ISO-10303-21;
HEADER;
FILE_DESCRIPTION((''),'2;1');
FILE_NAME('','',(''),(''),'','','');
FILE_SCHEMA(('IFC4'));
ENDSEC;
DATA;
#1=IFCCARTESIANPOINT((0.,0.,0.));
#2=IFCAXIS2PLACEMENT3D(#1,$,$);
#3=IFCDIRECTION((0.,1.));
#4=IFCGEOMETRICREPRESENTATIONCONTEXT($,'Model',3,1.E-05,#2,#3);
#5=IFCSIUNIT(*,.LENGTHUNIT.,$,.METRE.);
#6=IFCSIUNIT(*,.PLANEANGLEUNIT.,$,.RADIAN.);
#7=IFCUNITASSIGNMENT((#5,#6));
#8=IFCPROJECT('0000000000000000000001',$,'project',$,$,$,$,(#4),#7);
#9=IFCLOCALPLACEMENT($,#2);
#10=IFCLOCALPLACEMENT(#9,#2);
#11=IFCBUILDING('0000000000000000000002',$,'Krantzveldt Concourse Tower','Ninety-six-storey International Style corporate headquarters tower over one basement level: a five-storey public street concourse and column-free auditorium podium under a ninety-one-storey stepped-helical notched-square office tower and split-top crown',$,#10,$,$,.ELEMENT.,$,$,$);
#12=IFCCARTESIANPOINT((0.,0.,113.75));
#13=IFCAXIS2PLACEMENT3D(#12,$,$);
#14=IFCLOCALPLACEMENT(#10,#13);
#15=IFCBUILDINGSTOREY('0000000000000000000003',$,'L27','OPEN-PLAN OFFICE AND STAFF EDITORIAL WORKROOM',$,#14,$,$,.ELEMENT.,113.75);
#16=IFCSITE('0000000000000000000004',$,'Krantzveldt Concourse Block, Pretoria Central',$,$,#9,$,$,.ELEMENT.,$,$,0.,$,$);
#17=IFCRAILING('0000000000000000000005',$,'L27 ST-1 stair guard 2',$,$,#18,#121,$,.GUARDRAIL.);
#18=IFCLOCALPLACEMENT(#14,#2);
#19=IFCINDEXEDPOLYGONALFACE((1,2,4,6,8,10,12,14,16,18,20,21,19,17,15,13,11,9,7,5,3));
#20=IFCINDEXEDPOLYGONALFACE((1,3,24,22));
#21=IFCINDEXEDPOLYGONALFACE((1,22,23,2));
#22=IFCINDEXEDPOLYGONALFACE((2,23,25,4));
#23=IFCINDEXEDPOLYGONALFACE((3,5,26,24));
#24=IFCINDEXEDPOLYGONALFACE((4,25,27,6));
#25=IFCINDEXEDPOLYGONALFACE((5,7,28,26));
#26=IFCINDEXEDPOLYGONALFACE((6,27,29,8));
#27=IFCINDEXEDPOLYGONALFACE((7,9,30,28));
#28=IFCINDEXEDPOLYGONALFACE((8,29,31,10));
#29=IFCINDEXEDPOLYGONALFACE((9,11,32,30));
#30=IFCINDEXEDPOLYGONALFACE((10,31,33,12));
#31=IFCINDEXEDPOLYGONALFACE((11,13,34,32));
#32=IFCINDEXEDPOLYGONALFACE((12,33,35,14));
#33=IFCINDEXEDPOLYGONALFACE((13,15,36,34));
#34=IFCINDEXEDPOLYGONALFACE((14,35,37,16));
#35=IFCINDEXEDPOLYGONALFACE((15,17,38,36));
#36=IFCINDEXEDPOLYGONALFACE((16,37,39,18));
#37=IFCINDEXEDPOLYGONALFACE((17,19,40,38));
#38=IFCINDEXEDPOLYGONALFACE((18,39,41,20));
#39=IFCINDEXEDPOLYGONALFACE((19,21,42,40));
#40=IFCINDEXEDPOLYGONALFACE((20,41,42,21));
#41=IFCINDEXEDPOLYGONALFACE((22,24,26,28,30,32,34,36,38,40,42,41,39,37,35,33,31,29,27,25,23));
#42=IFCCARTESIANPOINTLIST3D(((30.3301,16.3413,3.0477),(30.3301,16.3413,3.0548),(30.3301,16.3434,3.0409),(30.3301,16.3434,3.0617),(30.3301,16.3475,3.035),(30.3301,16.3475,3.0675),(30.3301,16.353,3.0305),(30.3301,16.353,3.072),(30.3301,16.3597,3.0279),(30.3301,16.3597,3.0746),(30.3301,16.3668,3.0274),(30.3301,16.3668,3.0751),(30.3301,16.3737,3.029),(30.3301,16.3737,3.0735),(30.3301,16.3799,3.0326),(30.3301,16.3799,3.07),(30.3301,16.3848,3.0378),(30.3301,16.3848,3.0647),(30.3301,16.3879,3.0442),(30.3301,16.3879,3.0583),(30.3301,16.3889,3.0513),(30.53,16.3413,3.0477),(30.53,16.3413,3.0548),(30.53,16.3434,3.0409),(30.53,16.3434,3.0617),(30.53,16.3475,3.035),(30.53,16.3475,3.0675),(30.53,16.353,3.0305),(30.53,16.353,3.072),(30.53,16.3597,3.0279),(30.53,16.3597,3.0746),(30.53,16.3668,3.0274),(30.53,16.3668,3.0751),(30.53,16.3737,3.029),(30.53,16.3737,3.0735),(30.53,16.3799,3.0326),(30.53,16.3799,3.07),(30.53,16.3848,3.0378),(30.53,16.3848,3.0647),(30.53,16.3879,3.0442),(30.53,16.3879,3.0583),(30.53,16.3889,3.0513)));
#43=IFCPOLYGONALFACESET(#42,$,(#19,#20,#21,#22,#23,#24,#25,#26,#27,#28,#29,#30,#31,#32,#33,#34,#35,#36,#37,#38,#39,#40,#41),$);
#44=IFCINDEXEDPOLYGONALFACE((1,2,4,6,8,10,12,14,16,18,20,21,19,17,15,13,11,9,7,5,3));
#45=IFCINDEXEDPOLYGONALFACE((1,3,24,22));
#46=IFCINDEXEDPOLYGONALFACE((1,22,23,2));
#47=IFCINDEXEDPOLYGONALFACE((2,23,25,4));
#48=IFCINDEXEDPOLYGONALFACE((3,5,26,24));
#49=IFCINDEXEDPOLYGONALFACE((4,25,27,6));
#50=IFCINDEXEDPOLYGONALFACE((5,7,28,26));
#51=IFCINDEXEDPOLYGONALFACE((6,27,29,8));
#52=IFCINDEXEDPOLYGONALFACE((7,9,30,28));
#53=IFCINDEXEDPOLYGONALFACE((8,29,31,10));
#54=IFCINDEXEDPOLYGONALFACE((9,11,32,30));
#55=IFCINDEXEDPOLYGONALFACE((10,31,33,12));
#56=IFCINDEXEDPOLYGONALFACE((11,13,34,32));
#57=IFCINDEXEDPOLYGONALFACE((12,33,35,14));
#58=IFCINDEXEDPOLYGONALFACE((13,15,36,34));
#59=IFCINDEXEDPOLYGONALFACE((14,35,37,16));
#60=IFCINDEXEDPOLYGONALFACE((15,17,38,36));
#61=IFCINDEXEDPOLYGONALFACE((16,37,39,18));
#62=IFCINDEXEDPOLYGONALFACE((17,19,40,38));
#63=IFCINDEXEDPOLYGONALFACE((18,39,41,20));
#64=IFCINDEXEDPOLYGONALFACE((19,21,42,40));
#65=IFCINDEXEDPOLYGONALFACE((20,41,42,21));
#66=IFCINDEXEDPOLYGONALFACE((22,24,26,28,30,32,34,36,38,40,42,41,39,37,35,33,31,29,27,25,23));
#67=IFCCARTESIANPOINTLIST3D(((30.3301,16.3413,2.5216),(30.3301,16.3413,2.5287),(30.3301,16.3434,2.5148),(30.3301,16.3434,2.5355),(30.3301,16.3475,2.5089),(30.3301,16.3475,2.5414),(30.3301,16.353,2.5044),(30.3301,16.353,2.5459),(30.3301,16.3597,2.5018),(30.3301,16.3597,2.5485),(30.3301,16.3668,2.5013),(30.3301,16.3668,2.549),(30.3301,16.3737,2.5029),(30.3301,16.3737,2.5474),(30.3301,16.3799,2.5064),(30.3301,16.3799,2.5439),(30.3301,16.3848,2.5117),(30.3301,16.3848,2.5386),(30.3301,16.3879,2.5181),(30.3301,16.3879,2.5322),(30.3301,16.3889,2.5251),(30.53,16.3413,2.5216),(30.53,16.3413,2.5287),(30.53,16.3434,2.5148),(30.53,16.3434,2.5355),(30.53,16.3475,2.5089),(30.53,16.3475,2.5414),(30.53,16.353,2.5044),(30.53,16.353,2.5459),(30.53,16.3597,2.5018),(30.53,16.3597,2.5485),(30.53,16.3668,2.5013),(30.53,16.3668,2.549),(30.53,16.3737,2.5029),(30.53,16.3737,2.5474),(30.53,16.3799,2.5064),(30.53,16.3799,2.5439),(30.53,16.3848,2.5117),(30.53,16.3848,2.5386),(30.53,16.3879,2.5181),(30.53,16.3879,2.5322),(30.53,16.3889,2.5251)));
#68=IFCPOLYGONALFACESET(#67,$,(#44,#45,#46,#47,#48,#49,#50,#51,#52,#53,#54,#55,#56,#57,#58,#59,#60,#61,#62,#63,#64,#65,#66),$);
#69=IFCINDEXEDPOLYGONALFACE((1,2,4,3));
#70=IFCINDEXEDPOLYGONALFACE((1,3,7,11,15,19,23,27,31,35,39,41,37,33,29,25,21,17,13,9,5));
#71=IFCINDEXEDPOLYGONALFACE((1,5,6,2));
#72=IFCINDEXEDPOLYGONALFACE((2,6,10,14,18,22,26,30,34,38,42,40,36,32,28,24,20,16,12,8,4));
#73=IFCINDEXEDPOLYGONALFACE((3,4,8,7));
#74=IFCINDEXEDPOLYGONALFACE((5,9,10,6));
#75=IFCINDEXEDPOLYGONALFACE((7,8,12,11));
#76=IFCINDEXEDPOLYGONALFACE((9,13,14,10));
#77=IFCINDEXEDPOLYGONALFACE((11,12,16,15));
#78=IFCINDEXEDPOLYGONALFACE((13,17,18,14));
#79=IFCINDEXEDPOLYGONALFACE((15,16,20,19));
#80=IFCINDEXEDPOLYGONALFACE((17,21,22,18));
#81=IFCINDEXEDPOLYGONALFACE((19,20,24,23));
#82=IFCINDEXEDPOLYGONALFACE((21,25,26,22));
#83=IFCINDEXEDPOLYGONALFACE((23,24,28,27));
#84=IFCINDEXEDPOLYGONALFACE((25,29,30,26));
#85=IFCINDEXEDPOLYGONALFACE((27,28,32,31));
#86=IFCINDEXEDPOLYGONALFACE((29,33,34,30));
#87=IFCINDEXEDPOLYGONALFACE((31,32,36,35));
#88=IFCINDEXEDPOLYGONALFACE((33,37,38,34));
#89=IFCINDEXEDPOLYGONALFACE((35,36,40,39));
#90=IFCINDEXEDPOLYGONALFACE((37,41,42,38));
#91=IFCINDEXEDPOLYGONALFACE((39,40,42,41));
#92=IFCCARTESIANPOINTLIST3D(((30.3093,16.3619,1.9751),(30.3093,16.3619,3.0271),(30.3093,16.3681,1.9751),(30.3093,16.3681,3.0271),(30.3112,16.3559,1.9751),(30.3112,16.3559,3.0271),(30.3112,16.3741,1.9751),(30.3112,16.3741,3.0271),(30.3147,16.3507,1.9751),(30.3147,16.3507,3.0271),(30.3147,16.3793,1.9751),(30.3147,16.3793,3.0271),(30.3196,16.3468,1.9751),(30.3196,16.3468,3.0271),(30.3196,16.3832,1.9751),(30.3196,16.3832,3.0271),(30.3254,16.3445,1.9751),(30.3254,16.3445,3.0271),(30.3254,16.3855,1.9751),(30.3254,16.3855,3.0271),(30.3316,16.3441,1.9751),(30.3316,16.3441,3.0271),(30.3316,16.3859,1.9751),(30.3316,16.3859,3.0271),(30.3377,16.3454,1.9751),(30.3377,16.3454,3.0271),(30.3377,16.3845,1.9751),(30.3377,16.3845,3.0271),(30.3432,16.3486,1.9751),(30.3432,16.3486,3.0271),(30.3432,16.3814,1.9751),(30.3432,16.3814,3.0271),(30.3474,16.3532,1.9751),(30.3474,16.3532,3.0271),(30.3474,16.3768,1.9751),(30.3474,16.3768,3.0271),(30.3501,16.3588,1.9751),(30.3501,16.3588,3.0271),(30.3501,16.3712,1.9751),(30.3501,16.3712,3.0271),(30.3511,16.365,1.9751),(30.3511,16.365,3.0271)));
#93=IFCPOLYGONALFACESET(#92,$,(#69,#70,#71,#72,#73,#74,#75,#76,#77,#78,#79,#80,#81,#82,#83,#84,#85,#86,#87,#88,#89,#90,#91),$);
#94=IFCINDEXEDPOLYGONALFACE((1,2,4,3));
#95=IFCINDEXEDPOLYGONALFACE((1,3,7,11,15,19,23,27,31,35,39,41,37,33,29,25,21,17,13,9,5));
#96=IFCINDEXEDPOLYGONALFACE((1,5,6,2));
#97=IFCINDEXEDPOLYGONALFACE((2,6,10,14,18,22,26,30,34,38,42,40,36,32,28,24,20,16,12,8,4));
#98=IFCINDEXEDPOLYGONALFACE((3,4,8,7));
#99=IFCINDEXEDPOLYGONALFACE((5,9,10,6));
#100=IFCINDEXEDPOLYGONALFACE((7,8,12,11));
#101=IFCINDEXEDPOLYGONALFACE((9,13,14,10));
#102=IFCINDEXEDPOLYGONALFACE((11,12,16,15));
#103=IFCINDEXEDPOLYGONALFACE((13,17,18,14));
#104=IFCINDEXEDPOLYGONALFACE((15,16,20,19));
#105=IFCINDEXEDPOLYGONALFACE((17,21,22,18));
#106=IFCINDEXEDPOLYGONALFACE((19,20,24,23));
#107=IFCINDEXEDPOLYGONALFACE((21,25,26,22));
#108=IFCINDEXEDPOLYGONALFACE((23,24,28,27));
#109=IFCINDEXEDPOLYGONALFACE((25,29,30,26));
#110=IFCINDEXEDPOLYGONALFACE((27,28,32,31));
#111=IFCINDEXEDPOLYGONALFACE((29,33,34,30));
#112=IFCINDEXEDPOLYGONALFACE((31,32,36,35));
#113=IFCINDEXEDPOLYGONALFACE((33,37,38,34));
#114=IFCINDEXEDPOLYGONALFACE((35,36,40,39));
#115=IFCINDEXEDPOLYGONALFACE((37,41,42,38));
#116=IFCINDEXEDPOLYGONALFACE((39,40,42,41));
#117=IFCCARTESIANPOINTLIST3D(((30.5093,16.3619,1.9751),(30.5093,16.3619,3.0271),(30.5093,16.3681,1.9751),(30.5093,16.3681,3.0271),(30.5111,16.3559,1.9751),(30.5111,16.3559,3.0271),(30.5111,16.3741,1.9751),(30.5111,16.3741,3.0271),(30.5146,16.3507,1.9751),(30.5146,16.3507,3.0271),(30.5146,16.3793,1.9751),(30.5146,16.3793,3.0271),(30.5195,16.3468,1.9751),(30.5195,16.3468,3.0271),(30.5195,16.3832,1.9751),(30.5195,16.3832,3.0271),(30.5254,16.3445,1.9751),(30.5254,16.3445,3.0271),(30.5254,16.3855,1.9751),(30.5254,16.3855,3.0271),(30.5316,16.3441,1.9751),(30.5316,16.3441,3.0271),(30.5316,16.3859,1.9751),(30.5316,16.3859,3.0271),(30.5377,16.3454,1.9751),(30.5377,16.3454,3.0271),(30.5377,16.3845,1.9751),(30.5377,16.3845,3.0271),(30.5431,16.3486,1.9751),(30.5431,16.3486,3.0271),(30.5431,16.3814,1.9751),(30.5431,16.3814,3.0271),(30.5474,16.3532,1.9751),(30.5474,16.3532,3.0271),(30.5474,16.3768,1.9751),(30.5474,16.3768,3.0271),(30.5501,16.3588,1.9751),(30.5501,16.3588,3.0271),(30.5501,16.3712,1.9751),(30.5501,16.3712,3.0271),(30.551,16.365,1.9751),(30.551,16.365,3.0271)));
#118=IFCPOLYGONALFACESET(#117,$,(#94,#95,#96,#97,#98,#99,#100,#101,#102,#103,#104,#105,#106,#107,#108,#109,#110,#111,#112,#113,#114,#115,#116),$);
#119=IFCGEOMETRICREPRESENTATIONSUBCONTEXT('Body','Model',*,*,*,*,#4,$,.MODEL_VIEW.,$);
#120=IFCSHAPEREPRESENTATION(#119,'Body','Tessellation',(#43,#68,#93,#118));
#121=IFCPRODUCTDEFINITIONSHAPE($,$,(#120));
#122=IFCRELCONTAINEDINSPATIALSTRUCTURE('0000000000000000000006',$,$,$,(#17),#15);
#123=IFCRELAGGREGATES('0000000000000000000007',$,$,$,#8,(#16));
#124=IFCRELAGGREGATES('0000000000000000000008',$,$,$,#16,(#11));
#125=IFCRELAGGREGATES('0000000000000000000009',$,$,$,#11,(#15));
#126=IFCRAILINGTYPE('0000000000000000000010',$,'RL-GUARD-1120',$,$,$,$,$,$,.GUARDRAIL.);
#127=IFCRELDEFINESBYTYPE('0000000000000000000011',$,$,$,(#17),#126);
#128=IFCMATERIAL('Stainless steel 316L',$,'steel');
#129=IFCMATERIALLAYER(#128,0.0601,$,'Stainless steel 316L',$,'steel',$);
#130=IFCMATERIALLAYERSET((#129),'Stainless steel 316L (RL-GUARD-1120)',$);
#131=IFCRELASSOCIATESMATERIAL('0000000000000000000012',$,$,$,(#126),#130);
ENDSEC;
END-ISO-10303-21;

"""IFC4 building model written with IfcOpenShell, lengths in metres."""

from ifc_helpers import new_model, si_unit, direction, frame, origin, origin_2d, place, context, subcontext, project, spatial, circle, extrude, material, layer, layer_set, type_object, element, save


model = new_model("IFC4")

# Units and contexts
model_context = context("Model", 3, precision=1e-05, world=origin(), true_north=direction((0.0, 1.0)))
body_context = subcontext(model_context, "Body", "Model", "MODEL_VIEW")
ifc_project = project(units=[si_unit("LENGTHUNIT", "METRE"), si_unit("PLANEANGLEUNIT", "RADIAN")], contexts=[model_context])

# Site, building, storey
site_placement = place(None, origin())
site = spatial("IfcSite", under=ifc_project, at=site_placement, Name="Krantzveldt Concourse Block, Pretoria Central", CompositionType="ELEMENT", RefElevation=0.0)
building_placement = place(site_placement, origin())
building = spatial("IfcBuilding", under=site, at=building_placement, Name="Krantzveldt Concourse Tower", Description="Ninety-six-storey International Style corporate headquarters tower over one basement level: a five-storey public street concourse and column-free auditorium podium under a ninety-one-storey stepped-helical notched-square office tower and split-top crown", CompositionType="ELEMENT")
storey_placement = place(building_placement, frame((0.0, 0.0, 113.75)))
storey = spatial("IfcBuildingStorey", under=building, at=storey_placement, Name="L27", Description="OPEN-PLAN OFFICE AND STAFF EDITORIAL WORKROOM", CompositionType="ELEMENT", Elevation=113.75)

# Railing
ifc_material_1 = material(Name="Stainless steel 316L", Category="steel")
ifc_layer_1 = layer(ifc_material_1, 0.0601, Name="Stainless steel 316L", Category="steel")
ifc_layer_set_1 = layer_set([ifc_layer_1], Name="Stainless steel 316L (RL-GUARD-1120)")
railing_type_1 = type_object("IfcRailingType", Name="RL-GUARD-1120", PredefinedType="GUARDRAIL", material=ifc_layer_set_1)
railing_1_placement = place(storey_placement, frame((30.3301, 16.365, 1.9751)))
element("IfcRailing", 1, at=railing_1_placement, inside=storey, type_object=railing_type_1, Name="L27 ST-1 stair guard 2", PredefinedType="GUARDRAIL", context=body_context, shape_type="SweptSolid", body=[
    extrude(circle(Radius=0.0239, at=origin_2d()), frame((0.0, 0.0, 1.0762), z_axis=(1.0, 0.0, 0.0), x_axis=(0.0, 1.0, 0.0)), (0.0, 0.0, 1.0), 0.2),
    extrude(circle(Radius=0.0239, at=origin_2d()), frame((0.0, 0.0, 0.55), z_axis=(1.0, 0.0, 0.0), x_axis=(0.0, 1.0, 0.0)), (0.0, 0.0, 1.0), 0.2),
    extrude(circle(Radius=0.021, at=origin_2d()), origin(), (0.0, 0.0, 1.0), 1.052),
    extrude(circle(Radius=0.021, at=origin_2d()), frame((0.2, 0.0, 0.0)), (0.0, 0.0, 1.0), 1.052),
])

save(model, "model.ifc")
